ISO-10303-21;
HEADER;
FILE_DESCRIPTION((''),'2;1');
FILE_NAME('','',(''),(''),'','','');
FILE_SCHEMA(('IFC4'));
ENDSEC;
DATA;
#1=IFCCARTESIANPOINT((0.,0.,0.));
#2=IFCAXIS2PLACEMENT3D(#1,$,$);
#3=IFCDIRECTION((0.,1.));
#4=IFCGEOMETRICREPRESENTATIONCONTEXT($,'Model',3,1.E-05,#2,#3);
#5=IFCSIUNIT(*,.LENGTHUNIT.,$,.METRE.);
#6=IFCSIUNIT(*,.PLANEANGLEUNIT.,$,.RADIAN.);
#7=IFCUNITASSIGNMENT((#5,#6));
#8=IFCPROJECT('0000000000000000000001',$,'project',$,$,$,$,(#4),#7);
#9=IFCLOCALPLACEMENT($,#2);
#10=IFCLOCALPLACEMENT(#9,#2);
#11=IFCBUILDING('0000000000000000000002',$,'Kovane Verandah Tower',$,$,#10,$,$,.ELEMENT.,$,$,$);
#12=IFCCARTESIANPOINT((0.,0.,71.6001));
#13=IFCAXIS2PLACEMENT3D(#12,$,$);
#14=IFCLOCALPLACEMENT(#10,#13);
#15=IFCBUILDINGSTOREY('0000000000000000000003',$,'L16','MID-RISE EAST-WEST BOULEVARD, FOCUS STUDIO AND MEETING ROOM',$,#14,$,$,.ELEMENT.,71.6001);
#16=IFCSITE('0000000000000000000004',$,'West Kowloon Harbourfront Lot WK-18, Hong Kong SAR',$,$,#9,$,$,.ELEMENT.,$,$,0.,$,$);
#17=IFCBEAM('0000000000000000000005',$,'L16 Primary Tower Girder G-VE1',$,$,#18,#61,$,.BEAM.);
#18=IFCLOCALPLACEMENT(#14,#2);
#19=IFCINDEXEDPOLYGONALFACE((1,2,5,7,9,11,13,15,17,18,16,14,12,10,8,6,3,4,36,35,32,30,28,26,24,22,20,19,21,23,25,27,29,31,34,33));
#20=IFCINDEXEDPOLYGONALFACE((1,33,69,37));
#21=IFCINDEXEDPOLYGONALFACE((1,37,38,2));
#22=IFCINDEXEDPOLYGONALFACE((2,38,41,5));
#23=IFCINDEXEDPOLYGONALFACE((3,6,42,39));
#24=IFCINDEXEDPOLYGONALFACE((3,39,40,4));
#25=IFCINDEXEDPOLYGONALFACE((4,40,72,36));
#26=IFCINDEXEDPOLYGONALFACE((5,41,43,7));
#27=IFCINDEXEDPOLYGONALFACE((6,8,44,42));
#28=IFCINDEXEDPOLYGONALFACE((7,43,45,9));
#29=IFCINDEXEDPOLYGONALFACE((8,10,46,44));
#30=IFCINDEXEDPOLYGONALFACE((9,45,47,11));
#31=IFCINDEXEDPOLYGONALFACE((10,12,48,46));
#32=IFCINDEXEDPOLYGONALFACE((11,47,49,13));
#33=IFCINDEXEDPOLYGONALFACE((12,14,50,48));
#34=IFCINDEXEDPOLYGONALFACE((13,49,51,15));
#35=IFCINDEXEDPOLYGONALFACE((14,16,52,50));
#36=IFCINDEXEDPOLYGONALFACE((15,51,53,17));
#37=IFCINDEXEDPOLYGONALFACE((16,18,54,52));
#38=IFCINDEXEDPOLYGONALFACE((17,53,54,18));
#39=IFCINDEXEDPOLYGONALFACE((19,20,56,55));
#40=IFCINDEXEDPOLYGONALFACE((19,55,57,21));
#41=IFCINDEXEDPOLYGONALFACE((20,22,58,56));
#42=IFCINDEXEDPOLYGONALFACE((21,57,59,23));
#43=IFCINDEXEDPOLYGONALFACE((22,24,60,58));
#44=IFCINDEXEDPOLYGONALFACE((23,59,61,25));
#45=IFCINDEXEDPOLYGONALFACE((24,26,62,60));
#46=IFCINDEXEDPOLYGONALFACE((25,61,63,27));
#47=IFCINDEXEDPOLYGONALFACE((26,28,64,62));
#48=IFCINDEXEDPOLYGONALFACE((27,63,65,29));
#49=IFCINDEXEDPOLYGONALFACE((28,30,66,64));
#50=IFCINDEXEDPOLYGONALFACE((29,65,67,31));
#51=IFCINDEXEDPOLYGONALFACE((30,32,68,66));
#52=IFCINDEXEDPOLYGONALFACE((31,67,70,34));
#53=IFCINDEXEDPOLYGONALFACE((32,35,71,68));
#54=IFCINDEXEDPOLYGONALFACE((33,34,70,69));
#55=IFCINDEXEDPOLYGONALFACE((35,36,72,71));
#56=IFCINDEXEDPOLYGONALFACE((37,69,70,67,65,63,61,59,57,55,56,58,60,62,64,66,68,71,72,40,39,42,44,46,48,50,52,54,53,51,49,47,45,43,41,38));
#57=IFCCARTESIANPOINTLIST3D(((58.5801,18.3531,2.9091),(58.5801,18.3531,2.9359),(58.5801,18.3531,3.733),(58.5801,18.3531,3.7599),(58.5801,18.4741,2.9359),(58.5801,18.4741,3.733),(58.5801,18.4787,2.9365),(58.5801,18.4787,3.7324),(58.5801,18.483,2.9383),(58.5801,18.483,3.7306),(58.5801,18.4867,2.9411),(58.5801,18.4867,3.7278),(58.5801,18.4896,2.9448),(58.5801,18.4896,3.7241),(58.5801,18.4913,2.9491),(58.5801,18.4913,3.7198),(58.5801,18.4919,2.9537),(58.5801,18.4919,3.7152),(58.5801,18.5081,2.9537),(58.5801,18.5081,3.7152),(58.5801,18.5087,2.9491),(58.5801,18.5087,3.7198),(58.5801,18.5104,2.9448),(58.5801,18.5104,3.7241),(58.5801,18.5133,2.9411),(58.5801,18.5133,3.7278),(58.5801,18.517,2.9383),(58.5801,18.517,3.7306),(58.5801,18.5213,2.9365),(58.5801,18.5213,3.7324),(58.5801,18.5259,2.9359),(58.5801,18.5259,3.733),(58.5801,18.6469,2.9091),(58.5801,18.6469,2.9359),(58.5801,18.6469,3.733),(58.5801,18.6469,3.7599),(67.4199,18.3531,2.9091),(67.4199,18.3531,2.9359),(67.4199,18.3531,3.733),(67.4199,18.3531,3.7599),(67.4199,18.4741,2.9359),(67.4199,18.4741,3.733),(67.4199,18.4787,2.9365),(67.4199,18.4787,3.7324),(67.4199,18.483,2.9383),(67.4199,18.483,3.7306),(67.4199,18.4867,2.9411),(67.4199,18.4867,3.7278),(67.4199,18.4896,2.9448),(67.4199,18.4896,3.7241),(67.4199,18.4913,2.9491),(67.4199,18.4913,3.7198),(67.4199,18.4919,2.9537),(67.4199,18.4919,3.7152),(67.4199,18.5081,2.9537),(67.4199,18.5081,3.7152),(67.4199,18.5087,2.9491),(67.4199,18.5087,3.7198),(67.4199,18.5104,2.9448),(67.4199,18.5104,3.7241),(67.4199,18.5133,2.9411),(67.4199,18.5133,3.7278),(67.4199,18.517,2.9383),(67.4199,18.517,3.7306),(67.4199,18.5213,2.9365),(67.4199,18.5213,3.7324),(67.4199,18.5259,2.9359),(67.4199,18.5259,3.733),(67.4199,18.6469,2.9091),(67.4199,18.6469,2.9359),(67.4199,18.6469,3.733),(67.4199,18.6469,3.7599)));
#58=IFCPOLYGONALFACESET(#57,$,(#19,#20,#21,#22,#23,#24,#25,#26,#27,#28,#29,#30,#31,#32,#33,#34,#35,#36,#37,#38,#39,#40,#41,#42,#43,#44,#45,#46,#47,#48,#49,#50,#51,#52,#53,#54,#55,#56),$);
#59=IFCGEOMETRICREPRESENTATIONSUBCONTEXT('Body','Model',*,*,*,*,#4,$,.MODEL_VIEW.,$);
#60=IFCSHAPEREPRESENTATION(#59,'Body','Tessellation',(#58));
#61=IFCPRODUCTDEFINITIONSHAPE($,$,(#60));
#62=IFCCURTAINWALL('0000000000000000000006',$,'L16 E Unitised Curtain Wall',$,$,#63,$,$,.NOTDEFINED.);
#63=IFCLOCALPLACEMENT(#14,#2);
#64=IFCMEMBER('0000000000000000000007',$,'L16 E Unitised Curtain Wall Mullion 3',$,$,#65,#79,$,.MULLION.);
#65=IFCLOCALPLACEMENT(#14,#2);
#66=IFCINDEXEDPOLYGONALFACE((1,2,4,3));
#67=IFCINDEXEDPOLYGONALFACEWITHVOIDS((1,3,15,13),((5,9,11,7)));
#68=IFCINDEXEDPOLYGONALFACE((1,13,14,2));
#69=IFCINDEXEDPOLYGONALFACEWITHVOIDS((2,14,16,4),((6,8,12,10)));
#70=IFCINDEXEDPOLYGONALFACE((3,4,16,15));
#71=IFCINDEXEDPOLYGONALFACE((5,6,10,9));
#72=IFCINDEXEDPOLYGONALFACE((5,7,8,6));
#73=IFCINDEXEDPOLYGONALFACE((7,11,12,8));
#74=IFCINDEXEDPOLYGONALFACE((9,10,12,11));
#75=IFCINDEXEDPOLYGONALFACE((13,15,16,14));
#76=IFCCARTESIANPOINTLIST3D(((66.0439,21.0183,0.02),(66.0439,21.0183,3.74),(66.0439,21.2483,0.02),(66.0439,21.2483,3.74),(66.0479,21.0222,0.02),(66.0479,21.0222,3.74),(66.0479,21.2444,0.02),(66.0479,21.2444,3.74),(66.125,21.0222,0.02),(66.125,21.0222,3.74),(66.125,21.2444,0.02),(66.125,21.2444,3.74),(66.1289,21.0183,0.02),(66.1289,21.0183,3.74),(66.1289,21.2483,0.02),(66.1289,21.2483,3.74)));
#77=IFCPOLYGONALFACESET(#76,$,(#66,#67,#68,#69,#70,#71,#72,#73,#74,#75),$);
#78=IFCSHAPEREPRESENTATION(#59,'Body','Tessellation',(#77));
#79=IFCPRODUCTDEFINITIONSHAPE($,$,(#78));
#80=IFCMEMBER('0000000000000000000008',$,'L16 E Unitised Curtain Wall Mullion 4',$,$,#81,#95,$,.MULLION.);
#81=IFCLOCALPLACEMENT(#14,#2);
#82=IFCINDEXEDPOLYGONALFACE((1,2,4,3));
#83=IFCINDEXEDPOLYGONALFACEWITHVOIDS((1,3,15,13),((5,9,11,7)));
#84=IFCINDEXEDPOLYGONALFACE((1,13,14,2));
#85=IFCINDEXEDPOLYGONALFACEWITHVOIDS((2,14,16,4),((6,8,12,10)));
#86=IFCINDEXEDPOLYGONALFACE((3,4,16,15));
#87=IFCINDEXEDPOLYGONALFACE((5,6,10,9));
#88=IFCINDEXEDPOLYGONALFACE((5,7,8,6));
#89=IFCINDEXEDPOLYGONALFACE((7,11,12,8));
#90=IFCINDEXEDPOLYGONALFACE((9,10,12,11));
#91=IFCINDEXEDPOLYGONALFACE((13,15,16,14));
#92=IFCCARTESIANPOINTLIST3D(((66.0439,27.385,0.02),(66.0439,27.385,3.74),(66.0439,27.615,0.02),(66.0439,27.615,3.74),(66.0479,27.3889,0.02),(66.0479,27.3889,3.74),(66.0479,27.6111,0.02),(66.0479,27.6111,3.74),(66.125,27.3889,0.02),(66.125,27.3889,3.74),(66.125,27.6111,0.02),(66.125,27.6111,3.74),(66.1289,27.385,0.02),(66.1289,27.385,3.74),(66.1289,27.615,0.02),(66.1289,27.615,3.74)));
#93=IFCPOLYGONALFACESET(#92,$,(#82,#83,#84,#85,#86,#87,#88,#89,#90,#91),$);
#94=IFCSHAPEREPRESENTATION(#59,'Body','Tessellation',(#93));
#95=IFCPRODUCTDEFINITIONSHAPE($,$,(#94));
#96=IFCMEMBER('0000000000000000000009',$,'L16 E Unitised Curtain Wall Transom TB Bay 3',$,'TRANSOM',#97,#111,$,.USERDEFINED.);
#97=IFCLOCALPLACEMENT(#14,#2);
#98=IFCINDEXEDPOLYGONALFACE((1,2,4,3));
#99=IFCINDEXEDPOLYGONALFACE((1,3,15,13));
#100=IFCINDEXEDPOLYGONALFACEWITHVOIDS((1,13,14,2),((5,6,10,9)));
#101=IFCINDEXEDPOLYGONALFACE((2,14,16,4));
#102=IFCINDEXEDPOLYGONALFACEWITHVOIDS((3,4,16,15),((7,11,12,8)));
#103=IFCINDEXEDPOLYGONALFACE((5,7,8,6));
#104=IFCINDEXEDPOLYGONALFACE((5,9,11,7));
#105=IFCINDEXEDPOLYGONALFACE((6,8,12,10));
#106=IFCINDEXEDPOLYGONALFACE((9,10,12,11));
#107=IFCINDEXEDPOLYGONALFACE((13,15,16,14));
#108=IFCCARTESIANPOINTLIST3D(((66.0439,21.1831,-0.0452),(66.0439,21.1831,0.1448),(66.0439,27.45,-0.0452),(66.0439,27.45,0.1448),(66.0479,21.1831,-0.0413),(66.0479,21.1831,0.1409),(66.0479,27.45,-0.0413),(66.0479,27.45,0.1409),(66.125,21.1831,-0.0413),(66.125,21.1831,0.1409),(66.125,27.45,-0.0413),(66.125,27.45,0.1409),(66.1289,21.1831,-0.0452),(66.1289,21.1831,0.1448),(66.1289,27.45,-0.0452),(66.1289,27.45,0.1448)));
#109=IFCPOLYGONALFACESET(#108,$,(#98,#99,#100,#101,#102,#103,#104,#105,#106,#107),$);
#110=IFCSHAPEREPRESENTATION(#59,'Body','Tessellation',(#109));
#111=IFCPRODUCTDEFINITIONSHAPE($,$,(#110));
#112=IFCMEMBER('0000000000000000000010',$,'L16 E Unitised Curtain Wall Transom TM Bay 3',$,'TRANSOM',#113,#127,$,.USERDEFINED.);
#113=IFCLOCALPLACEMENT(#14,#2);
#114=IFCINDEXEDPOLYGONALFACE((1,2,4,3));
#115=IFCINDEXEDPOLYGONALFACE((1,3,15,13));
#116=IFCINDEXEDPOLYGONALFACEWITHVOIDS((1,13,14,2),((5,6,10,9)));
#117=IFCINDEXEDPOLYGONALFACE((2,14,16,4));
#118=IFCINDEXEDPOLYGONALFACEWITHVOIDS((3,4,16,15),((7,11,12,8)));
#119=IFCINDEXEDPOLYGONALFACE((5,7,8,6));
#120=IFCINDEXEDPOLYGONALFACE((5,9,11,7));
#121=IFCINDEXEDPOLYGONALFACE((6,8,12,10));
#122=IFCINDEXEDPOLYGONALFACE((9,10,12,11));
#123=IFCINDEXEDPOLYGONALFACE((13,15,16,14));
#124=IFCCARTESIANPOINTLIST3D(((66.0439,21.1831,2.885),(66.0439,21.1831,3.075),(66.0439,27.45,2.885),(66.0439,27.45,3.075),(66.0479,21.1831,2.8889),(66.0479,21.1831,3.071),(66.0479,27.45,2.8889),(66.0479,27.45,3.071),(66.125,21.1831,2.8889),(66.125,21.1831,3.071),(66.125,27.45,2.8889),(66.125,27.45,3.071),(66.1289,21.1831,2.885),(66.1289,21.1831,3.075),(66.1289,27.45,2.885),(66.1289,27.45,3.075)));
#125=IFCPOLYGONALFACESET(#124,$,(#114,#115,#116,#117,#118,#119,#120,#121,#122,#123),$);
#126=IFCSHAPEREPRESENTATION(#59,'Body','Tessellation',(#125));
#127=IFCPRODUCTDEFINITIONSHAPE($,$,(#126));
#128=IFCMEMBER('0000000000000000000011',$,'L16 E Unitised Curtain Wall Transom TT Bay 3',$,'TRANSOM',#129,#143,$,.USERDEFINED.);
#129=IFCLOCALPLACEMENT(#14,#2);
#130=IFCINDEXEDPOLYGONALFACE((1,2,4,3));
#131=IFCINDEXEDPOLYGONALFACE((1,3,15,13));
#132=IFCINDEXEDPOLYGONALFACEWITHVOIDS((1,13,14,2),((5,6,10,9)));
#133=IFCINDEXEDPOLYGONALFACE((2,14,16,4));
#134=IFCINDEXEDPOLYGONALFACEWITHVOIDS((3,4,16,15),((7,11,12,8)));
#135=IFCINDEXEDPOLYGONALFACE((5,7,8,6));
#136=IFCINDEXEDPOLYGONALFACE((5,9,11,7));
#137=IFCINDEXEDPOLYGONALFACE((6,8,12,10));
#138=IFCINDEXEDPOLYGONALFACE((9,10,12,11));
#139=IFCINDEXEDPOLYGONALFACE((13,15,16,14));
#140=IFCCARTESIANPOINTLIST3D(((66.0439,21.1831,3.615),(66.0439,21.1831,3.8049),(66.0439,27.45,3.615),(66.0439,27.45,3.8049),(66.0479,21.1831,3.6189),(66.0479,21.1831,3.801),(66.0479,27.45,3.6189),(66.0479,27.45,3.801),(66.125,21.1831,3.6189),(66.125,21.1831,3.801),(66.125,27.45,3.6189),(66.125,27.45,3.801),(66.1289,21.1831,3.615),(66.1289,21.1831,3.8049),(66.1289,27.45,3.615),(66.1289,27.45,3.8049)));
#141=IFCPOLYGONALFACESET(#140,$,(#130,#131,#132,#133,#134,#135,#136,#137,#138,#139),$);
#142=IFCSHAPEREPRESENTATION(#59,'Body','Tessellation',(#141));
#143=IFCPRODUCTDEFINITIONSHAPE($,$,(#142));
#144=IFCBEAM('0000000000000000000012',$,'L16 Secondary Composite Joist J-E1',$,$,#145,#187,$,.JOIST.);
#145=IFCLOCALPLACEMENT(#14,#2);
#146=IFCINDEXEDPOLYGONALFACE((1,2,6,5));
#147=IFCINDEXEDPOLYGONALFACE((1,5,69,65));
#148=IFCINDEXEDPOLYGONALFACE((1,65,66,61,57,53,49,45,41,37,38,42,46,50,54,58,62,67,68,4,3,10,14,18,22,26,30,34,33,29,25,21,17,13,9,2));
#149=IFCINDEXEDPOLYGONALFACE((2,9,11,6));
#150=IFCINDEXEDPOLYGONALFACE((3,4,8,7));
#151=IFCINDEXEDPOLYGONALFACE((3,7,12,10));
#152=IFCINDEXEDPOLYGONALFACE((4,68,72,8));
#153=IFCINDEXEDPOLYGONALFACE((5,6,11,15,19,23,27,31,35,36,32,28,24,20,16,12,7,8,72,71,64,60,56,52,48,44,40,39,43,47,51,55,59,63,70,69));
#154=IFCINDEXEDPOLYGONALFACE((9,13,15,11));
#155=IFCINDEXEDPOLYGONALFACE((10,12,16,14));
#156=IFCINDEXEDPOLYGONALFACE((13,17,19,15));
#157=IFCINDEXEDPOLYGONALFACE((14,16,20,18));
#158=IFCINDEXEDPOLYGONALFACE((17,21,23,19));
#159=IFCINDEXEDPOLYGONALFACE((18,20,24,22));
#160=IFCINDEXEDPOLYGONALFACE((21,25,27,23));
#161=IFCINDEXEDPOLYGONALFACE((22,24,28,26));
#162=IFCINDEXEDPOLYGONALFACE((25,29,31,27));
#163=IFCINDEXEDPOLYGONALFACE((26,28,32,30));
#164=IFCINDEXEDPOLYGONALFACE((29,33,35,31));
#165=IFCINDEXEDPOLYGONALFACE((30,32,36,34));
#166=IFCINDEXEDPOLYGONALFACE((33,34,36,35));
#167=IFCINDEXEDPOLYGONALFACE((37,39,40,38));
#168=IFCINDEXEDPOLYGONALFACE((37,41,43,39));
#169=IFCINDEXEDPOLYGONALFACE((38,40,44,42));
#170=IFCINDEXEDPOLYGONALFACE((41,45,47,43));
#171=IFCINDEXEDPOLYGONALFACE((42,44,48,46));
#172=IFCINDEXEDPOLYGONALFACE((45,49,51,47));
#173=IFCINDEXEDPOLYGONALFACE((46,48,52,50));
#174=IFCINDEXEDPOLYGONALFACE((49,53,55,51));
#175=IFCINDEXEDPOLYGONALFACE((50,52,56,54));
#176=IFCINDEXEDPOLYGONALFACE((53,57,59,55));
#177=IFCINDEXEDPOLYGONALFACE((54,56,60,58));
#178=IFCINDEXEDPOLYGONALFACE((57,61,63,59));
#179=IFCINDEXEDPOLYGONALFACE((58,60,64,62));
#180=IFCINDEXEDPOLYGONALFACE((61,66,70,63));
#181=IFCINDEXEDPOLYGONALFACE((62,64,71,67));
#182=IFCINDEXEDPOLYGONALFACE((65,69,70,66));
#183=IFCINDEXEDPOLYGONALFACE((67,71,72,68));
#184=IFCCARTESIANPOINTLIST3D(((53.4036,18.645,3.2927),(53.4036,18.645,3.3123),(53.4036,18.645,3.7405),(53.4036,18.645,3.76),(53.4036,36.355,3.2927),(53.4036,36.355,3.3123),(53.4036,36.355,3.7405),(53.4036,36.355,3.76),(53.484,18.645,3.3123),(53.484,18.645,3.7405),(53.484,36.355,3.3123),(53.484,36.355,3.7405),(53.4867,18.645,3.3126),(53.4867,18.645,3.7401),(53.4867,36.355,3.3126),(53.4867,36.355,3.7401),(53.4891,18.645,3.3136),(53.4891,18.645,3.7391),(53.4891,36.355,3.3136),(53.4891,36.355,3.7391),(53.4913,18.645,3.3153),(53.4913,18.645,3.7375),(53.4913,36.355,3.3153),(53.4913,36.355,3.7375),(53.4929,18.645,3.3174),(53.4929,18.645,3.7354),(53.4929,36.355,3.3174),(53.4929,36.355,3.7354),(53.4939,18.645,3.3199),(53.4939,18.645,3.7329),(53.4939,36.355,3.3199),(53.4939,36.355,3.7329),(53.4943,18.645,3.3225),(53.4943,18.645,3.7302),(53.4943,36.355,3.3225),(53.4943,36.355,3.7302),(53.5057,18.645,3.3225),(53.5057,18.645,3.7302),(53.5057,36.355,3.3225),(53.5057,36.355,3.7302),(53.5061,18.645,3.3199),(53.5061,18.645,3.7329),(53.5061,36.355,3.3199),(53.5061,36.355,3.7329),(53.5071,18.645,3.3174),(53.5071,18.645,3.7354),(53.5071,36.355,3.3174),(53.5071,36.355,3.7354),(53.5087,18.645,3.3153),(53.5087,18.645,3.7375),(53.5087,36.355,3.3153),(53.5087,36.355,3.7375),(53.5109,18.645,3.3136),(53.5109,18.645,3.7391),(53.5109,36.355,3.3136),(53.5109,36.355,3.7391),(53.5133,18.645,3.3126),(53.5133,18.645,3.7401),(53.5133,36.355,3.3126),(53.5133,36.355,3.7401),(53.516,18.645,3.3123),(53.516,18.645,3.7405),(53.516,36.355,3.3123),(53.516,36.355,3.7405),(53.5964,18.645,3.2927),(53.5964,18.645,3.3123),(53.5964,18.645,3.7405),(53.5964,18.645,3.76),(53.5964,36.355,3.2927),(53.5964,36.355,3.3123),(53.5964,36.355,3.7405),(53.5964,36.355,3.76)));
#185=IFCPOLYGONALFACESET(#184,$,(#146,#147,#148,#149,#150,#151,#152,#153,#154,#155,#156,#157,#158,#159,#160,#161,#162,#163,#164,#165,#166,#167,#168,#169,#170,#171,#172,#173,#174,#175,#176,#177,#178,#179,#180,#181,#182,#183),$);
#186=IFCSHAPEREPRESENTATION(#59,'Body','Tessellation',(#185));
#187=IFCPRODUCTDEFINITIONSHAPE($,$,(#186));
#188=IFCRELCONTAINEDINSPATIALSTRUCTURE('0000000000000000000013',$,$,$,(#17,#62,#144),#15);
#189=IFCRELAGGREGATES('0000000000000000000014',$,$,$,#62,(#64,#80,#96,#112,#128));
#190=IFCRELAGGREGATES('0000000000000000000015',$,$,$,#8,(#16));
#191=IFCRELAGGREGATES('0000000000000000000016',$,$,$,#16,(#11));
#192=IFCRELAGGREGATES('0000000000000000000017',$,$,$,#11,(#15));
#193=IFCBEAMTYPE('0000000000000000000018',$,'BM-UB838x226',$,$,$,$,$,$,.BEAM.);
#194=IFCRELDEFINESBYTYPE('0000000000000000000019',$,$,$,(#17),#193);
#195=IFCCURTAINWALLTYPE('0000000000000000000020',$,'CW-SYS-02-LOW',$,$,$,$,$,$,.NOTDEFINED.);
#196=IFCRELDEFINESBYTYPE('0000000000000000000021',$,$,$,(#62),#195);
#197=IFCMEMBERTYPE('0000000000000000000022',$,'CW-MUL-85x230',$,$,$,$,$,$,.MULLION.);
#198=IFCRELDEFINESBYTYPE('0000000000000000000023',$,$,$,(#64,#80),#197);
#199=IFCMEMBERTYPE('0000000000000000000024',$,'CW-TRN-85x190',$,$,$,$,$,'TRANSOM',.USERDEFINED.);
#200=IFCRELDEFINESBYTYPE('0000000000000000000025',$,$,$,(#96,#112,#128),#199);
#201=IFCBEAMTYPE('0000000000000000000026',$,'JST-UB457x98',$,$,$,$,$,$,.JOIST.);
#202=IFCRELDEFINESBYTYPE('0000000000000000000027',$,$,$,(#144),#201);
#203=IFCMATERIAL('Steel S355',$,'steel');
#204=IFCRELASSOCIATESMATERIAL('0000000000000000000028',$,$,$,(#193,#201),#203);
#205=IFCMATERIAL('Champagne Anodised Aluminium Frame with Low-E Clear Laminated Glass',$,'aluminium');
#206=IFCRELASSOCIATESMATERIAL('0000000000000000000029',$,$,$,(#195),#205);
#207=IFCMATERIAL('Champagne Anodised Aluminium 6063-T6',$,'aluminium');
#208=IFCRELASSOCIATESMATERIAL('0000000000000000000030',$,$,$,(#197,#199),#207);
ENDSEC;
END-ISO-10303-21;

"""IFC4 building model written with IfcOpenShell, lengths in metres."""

from ifc_helpers import new_model, si_unit, direction, frame, origin, origin_2d, place, context, subcontext, project, spatial, hollow_rectangle, i_section, extrude, material, material_profile, profile_set, type_object, element, aggregate, save


model = new_model("IFC4")

# Units and contexts
model_context = context("Model", 3, precision=1e-05, world=origin(), true_north=direction((0.0, 1.0)))
body_context = subcontext(model_context, "Body", "Model", "MODEL_VIEW")
ifc_project = project(units=[si_unit("LENGTHUNIT", "METRE"), si_unit("PLANEANGLEUNIT", "RADIAN")], contexts=[model_context])

# Site, building, storey
site_placement = place(None, origin())
site = spatial("IfcSite", under=ifc_project, at=site_placement, Name="West Kowloon Harbourfront Lot WK-18, Hong Kong SAR", CompositionType="ELEMENT", RefElevation=0.0)
building_placement = place(site_placement, origin())
building = spatial("IfcBuilding", under=site, at=building_placement, Name="Kovane Verandah Tower", CompositionType="ELEMENT")
storey_placement = place(building_placement, frame((0.0, 0.0, 71.6001)))
storey = spatial("IfcBuildingStorey", under=building, at=storey_placement, Name="L16", Description="MID-RISE EAST-WEST BOULEVARD, FOCUS STUDIO AND MEETING ROOM", CompositionType="ELEMENT", Elevation=71.6001)

# Beam
ifc_material_1 = material(Name="Steel S355", Category="steel")
ifc_material_profile_1 = material_profile(ifc_material_1, i_section(OverallWidth=0.2937, OverallDepth=0.8508, WebThickness=0.0161, FlangeThickness=0.0269, FilletRadius=0.0178, at=origin_2d()), Name="UB838x292x226")
ifc_profile_set_1 = profile_set([ifc_material_profile_1], Name="Steel S355")
beam_type_1 = type_object("IfcBeamType", Name="BM-UB838x226", PredefinedType="BEAM", material=ifc_profile_set_1)
beam_1_placement = place(storey_placement, frame((58.5801, 18.5, 3.3345), z_axis=(1.0, 0.0, 0.0), x_axis=(0.0, 1.0, 0.0)))
element("IfcBeam", 1, at=beam_1_placement, inside=storey, type_object=beam_type_1, Name="L16 Primary Tower Girder G-VE1", PredefinedType="BEAM", context=body_context, shape_type="SweptSolid", body=[
    extrude(i_section(OverallWidth=0.2937, OverallDepth=0.8508, WebThickness=0.0161, FlangeThickness=0.0269, FilletRadius=0.0178, at=origin_2d()), origin(), (0.0, 0.0, 1.0), 8.8398),
])

# Curtain wall, members
ifc_material_2 = material(Name="Champagne Anodised Aluminium Frame with Low-E Clear Laminated Glass", Category="aluminium")
curtain_wall_type = type_object("IfcCurtainWallType", Name="CW-SYS-02-LOW", PredefinedType="NOTDEFINED", material=ifc_material_2)
curtain_wall_placement = place(storey_placement, origin())
curtain_wall = element("IfcCurtainWall", 2, at=curtain_wall_placement, inside=storey, type_object=curtain_wall_type, Name="L16 E Unitised Curtain Wall", PredefinedType="NOTDEFINED")
ifc_material_3 = material(Name="Champagne Anodised Aluminium 6063-T6", Category="aluminium")
ifc_material_profile_2 = material_profile(ifc_material_3, hollow_rectangle(XDim=0.085, YDim=0.23, WallThickness=0.0039, at=origin_2d()), Name="AL85x230x4")
ifc_profile_set_2 = profile_set([ifc_material_profile_2], Name="Champagne Anodised Aluminium 6063-T6")
member_type_1 = type_object("IfcMemberType", Name="CW-MUL-85x230", PredefinedType="MULLION", material=ifc_profile_set_2)
member_1_placement = place(storey_placement, frame((66.0864, 21.1333, 0.02), z_axis=(0.0, 0.0, 1.0), x_axis=(1.0, 0.0, 0.0)))
member_1 = element("IfcMember", 3, at=member_1_placement, type_object=member_type_1, Name="L16 E Unitised Curtain Wall Mullion 3", PredefinedType="MULLION", context=body_context, shape_type="SweptSolid", body=[
    extrude(hollow_rectangle(XDim=0.085, YDim=0.23, WallThickness=0.0039, at=origin_2d()), origin(), (0.0, 0.0, 1.0), 3.72),
])
member_2_placement = place(storey_placement, frame((66.0864, 27.5, 0.02), z_axis=(0.0, 0.0, 1.0), x_axis=(1.0, 0.0, 0.0)))
member_2 = element("IfcMember", 4, at=member_2_placement, type_object=member_type_1, Name="L16 E Unitised Curtain Wall Mullion 4", PredefinedType="MULLION", context=body_context, shape_type="SweptSolid", body=[
    extrude(hollow_rectangle(XDim=0.085, YDim=0.23, WallThickness=0.0039, at=origin_2d()), origin(), (0.0, 0.0, 1.0), 3.72),
])
ifc_material_profile_3 = material_profile(ifc_material_3, hollow_rectangle(XDim=0.085, YDim=0.1899, WallThickness=0.0039, at=origin_2d()), Name="AL85x190x4")
ifc_profile_set_3 = profile_set([ifc_material_profile_3], Name="Champagne Anodised Aluminium 6063-T6")
member_type_2 = type_object("IfcMemberType", Name="CW-TRN-85x190", ElementType="TRANSOM", PredefinedType="USERDEFINED", material=ifc_profile_set_3)
member_3_placement = place(storey_placement, frame((66.0864, 21.1831, 0.0498), z_axis=(0.0, 1.0, 0.0), x_axis=(-1.0, 0.0, 0.0)))
member_3 = element("IfcMember", 5, at=member_3_placement, type_object=member_type_2, Name="L16 E Unitised Curtain Wall Transom TB Bay 3", ObjectType="TRANSOM", PredefinedType="USERDEFINED", context=body_context, shape_type="SweptSolid", body=[
    extrude(hollow_rectangle(XDim=0.085, YDim=0.1899, WallThickness=0.0039, at=origin_2d()), origin(), (0.0, 0.0, 1.0), 6.2668),
])
member_4_placement = place(storey_placement, frame((66.0864, 21.1831, 2.98), z_axis=(0.0, 1.0, 0.0), x_axis=(-1.0, 0.0, 0.0)))
member_4 = element("IfcMember", 6, at=member_4_placement, type_object=member_type_2, Name="L16 E Unitised Curtain Wall Transom TM Bay 3", ObjectType="TRANSOM", PredefinedType="USERDEFINED", context=body_context, shape_type="SweptSolid", body=[
    extrude(hollow_rectangle(XDim=0.085, YDim=0.1899, WallThickness=0.0039, at=origin_2d()), origin(), (0.0, 0.0, 1.0), 6.2668),
])
member_5_placement = place(storey_placement, frame((66.0864, 21.1831, 3.71), z_axis=(0.0, 1.0, 0.0), x_axis=(-1.0, 0.0, 0.0)))
member_5 = element("IfcMember", 7, at=member_5_placement, type_object=member_type_2, Name="L16 E Unitised Curtain Wall Transom TT Bay 3", ObjectType="TRANSOM", PredefinedType="USERDEFINED", context=body_context, shape_type="SweptSolid", body=[
    extrude(hollow_rectangle(XDim=0.085, YDim=0.1899, WallThickness=0.0039, at=origin_2d()), origin(), (0.0, 0.0, 1.0), 6.2668),
])

# Beam
ifc_material_profile_4 = material_profile(ifc_material_1, i_section(OverallWidth=0.1929, OverallDepth=0.4673, WebThickness=0.0115, FlangeThickness=0.0195, FilletRadius=0.0103, at=origin_2d()), Name="UB457x191x98")
ifc_profile_set_4 = profile_set([ifc_material_profile_4], Name="Steel S355")
beam_type_2 = type_object("IfcBeamType", Name="JST-UB457x98", PredefinedType="JOIST", material=ifc_profile_set_4)
for number, where, z_axis, x_axis, name in (
    (8, (53.5, 18.645, 3.5264), (0.0, 1.0, 0.0), (-1.0, 0.0, 0.0), "L16 Secondary Composite Joist J-E1"),
):
    element("IfcBeam", number, at=place(storey_placement, frame(where, z_axis=z_axis, x_axis=x_axis)), inside=storey, type_object=beam_type_2, Name=name, PredefinedType="JOIST", context=body_context, shape_type="SweptSolid", body=[
        extrude(i_section(OverallWidth=0.1929, OverallDepth=0.4673, WebThickness=0.0115, FlangeThickness=0.0195, FilletRadius=0.0103, at=origin_2d()), origin(), (0.0, 0.0, 1.0), 17.71),
    ])

aggregate(curtain_wall, [member_1, member_2, member_3, member_4, member_5])

save(model, "model.ifc")
